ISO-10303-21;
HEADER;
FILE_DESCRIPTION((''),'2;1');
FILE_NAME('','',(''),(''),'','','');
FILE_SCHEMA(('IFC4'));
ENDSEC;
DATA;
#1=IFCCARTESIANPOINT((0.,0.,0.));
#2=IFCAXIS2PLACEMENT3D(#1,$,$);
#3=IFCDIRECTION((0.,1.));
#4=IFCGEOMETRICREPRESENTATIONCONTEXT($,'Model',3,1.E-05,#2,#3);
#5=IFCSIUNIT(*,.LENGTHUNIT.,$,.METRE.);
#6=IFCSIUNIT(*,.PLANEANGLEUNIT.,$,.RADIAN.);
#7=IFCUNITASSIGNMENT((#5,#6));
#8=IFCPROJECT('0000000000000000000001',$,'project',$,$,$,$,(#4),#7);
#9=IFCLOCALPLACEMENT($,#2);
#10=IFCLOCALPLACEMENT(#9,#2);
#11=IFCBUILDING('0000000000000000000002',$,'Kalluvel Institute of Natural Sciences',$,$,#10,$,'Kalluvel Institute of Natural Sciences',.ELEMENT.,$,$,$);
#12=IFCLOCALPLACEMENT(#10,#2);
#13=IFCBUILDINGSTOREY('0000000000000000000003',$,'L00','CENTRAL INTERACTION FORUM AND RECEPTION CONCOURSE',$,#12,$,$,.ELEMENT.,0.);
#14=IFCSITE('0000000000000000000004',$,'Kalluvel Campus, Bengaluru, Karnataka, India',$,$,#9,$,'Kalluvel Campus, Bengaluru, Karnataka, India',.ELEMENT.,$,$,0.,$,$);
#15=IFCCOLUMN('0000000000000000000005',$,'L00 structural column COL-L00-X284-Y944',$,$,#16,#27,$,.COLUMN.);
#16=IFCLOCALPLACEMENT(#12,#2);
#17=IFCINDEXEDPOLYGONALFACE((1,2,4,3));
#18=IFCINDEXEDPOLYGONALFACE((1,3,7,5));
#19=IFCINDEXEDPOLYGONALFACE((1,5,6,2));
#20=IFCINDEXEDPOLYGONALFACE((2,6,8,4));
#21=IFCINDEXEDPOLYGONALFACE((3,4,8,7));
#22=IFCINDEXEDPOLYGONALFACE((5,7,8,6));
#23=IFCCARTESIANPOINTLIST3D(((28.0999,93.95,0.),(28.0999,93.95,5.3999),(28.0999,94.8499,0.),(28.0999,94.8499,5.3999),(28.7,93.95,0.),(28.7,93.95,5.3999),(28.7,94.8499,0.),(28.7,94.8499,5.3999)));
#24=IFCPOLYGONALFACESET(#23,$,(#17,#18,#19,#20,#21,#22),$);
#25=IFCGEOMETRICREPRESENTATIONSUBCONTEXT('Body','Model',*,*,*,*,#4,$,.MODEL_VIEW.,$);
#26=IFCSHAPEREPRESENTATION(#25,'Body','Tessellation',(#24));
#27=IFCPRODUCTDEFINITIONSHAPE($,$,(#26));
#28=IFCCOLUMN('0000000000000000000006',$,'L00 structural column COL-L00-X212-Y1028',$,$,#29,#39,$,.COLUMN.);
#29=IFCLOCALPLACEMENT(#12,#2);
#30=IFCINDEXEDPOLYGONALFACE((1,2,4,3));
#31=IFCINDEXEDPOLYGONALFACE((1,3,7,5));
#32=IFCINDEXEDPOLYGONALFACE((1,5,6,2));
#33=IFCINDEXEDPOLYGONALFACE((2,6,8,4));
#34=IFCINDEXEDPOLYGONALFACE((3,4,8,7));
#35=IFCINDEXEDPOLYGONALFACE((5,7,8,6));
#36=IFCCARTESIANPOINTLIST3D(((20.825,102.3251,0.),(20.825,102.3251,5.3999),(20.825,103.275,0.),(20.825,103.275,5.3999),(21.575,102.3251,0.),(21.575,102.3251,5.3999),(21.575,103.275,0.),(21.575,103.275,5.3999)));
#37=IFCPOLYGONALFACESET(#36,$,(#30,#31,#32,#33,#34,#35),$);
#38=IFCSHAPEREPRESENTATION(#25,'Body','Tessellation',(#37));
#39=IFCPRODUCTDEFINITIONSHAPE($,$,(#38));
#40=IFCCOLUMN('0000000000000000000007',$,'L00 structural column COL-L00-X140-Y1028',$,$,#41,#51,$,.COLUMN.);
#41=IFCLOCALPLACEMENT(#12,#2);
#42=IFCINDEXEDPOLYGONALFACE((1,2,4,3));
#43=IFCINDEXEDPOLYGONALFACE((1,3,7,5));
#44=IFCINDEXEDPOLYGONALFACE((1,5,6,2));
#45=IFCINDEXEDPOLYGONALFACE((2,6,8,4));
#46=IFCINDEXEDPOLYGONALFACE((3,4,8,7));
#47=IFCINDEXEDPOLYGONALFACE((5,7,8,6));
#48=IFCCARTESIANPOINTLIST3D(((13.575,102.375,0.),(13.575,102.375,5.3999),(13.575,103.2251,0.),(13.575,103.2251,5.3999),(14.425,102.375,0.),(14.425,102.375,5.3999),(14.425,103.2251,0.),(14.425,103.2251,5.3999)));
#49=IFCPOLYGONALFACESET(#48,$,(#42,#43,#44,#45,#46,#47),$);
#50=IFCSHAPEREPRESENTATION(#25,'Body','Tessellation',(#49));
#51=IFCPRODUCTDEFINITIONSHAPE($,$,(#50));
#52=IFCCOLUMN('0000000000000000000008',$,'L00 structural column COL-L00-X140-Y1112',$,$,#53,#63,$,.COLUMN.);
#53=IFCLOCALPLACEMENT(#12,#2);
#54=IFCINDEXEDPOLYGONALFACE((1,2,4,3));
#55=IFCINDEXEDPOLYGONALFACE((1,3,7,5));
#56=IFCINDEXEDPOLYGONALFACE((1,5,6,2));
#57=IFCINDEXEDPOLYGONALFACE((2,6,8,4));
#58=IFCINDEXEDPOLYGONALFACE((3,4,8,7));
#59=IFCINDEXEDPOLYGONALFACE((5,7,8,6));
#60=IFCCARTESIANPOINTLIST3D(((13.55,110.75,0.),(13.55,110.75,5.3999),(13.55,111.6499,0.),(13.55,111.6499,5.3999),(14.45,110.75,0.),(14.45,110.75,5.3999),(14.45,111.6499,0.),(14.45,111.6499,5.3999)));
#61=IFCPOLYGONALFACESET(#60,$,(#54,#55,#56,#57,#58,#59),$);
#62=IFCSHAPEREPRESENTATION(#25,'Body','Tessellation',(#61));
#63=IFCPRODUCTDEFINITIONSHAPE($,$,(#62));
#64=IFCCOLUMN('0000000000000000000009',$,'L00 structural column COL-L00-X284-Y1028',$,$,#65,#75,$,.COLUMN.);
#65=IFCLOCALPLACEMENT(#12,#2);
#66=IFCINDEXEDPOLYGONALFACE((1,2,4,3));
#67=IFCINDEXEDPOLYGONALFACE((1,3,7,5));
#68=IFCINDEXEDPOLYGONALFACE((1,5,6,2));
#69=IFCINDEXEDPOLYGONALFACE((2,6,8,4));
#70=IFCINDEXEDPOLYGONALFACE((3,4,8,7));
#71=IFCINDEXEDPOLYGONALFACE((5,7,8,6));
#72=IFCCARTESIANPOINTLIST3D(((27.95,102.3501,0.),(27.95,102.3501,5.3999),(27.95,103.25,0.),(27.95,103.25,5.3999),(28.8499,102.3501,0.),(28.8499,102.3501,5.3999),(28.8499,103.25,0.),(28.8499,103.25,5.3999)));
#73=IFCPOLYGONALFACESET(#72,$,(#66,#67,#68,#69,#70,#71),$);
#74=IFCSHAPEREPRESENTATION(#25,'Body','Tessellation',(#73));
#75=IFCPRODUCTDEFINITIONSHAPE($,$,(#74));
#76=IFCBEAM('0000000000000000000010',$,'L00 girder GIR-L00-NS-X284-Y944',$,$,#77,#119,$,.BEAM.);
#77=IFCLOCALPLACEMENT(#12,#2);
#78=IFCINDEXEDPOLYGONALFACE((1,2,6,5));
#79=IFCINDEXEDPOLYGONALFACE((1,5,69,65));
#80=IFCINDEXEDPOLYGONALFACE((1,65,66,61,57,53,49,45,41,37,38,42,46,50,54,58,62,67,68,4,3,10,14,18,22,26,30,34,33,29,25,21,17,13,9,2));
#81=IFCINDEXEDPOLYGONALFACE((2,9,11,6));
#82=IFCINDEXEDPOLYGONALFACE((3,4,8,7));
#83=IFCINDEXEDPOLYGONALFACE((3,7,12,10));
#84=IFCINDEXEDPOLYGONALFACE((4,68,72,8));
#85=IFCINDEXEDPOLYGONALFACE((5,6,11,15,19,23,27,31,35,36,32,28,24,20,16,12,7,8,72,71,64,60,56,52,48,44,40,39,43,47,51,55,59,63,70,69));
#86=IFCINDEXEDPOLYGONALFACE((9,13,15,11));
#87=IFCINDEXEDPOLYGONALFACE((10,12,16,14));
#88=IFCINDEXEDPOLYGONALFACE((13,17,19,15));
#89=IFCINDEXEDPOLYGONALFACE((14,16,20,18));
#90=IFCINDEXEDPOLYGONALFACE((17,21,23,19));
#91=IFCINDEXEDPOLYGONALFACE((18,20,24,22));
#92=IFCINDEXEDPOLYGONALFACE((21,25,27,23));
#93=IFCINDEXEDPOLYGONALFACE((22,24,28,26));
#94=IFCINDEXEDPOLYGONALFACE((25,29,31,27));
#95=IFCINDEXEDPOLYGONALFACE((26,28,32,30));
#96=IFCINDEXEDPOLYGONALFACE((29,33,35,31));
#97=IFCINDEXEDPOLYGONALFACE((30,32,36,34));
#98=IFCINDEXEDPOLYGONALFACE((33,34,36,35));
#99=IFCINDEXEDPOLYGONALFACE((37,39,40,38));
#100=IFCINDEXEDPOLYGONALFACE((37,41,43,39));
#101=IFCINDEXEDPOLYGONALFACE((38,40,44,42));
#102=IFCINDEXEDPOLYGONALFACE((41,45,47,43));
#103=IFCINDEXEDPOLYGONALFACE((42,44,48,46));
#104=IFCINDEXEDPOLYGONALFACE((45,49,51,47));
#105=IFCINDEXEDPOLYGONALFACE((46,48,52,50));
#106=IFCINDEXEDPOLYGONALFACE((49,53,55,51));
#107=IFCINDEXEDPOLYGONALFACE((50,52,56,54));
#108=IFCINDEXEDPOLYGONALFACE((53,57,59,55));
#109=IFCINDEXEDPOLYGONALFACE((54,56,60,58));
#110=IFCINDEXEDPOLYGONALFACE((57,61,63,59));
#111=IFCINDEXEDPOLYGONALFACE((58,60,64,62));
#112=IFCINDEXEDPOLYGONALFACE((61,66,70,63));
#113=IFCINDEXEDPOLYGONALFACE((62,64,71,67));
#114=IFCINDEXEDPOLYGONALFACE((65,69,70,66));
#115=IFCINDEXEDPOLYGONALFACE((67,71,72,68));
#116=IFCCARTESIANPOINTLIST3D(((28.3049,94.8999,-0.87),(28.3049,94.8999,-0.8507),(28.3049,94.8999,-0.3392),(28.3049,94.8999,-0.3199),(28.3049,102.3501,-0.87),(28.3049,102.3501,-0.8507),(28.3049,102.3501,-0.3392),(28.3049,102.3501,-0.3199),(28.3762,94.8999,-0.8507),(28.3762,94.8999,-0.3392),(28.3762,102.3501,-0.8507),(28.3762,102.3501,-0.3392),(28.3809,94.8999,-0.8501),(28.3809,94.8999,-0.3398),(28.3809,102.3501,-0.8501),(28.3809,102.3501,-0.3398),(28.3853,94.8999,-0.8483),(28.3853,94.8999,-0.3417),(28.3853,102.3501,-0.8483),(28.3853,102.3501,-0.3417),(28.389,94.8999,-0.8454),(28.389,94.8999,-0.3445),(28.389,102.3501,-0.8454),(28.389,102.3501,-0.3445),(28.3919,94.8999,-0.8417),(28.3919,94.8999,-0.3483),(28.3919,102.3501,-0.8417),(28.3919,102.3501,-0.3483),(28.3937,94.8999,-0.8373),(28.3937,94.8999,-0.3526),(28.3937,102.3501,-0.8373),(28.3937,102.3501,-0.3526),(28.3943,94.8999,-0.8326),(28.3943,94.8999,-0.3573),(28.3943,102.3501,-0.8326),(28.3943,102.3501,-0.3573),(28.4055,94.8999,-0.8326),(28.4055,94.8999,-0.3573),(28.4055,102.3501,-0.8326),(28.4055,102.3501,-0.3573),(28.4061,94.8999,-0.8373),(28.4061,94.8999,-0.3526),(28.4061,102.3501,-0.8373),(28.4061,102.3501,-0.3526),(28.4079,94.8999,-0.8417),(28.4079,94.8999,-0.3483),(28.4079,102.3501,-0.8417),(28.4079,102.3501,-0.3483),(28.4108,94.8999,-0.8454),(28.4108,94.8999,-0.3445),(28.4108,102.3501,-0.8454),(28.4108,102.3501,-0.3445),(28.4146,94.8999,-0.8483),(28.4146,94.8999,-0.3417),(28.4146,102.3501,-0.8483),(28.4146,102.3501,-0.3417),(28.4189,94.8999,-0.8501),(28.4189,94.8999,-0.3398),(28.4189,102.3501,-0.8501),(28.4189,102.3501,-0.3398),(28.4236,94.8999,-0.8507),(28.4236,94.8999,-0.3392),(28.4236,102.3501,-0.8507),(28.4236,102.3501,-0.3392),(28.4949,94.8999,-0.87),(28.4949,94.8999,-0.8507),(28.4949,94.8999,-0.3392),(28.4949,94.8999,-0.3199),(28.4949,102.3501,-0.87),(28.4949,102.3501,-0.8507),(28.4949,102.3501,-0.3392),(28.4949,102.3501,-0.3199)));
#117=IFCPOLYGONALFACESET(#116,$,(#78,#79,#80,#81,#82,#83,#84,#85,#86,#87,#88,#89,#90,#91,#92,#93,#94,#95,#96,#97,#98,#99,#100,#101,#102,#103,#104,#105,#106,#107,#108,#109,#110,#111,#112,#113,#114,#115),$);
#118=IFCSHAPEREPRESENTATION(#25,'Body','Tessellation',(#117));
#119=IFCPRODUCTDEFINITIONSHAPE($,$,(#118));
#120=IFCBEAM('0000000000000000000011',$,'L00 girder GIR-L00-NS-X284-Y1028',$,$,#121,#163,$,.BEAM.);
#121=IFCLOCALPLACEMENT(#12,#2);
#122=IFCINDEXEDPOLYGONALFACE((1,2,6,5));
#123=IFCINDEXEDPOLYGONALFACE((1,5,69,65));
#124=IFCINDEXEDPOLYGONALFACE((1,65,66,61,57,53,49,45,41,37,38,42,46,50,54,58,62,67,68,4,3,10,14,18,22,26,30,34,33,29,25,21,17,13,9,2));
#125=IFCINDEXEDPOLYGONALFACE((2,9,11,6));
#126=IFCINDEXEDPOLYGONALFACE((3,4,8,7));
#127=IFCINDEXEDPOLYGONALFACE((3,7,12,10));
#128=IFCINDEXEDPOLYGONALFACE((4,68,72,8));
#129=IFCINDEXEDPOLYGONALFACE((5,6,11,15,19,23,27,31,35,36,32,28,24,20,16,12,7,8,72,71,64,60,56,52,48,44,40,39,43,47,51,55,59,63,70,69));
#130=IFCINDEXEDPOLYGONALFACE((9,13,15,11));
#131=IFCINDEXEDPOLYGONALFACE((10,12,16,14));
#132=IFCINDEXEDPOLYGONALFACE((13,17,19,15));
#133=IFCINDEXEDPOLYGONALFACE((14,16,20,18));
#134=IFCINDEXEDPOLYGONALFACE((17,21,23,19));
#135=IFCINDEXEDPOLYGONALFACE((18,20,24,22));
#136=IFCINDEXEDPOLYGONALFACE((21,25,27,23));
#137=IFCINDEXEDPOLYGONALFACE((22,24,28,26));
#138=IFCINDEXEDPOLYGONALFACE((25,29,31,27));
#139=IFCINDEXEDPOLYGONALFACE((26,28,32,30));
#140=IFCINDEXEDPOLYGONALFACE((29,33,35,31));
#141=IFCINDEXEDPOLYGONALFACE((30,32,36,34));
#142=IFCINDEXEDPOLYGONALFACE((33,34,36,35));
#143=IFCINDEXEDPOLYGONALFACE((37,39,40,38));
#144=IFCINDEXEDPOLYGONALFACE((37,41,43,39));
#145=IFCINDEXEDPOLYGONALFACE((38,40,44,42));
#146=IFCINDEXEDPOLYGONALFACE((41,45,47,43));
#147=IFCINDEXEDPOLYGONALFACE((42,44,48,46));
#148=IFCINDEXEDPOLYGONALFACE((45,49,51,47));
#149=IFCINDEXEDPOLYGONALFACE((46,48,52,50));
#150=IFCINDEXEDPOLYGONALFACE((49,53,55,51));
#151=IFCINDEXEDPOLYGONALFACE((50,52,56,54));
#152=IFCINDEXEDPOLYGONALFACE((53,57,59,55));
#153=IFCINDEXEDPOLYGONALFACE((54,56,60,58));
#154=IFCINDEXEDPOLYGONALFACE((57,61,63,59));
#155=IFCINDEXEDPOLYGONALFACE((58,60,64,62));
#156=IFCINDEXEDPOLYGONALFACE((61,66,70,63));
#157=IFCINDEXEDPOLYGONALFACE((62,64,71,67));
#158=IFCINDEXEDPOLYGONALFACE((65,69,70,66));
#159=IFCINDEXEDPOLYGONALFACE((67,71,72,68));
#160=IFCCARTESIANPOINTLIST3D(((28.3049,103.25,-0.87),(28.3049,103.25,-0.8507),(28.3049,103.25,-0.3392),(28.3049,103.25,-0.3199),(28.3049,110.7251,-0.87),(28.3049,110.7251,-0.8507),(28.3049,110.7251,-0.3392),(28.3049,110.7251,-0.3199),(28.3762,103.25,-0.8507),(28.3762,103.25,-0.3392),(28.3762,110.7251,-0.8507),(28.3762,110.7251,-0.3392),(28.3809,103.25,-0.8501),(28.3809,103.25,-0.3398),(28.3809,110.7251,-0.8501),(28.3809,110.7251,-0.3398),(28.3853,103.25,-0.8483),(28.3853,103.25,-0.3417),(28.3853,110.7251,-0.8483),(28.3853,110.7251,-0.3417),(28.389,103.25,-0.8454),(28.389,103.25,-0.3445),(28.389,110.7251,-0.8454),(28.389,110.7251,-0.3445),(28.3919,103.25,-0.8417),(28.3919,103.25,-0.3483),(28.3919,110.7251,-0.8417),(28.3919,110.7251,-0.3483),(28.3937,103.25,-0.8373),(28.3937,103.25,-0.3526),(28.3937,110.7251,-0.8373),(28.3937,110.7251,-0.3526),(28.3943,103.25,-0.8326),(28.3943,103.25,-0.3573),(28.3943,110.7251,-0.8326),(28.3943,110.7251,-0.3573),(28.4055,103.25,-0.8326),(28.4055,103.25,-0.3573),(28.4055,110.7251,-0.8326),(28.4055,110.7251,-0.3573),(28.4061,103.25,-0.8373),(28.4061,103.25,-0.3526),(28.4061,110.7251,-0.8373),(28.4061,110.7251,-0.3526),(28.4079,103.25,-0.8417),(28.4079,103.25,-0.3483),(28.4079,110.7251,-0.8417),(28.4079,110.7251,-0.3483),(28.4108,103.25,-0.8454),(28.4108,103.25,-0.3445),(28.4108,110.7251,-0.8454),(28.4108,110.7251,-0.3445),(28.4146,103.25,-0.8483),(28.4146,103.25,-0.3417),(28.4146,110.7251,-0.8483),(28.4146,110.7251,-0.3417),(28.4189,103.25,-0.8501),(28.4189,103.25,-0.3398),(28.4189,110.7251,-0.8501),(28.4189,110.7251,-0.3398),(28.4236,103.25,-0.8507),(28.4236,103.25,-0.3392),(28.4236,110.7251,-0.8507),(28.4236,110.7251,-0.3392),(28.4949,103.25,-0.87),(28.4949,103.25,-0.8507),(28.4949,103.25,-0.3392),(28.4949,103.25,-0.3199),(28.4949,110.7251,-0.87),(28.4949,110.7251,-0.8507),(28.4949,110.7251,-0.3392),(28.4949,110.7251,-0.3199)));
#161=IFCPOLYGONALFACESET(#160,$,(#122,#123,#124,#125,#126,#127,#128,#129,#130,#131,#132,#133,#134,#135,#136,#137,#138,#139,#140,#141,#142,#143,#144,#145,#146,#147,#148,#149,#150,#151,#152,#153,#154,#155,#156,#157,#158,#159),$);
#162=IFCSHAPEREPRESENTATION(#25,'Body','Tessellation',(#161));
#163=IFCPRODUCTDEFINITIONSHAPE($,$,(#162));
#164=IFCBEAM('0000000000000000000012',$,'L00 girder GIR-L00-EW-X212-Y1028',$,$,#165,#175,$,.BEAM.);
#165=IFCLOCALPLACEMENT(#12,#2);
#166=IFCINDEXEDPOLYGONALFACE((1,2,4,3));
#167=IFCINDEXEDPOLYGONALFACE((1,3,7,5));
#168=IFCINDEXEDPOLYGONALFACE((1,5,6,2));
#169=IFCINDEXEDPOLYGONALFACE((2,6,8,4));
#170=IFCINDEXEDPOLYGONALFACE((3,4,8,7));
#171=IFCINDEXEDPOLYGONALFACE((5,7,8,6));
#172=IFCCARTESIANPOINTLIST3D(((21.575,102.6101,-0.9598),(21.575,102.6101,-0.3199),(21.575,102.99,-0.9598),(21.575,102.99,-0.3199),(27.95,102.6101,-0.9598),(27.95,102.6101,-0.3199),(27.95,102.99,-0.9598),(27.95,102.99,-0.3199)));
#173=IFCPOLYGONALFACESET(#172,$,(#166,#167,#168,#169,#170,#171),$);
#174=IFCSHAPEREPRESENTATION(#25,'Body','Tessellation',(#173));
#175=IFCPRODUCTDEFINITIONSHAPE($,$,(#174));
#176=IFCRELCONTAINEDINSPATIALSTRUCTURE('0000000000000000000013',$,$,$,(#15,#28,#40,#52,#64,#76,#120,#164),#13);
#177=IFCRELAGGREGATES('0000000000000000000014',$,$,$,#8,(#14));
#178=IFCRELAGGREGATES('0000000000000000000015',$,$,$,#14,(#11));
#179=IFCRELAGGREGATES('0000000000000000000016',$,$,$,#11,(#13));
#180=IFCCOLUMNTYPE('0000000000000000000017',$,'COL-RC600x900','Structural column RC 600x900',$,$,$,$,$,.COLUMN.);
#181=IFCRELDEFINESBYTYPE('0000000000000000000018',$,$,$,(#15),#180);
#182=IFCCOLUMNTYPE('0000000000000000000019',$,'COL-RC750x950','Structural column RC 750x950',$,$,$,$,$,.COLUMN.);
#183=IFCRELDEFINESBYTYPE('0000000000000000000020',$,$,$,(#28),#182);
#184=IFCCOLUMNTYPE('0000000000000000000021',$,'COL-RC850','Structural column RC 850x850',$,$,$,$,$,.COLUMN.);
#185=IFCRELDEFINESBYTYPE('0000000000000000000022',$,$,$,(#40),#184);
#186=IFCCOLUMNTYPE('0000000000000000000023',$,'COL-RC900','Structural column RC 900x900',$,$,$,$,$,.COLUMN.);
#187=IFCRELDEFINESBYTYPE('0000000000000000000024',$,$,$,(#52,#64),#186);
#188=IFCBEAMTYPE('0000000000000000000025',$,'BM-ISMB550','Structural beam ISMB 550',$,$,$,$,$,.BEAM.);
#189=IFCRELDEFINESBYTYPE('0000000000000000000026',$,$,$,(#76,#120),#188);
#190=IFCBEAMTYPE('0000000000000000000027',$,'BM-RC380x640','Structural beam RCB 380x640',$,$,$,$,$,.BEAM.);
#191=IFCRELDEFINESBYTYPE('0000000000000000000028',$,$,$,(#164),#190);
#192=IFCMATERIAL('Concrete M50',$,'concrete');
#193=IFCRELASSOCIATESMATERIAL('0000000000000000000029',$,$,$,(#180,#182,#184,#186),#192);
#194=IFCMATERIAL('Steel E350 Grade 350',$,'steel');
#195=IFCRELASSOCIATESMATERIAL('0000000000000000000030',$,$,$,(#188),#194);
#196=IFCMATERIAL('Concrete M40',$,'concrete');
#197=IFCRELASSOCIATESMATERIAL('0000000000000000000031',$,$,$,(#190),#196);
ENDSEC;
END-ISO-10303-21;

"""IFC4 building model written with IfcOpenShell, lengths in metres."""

from ifc_helpers import new_model, si_unit, direction, frame, origin, origin_2d, place, context, subcontext, project, spatial, rectangle, i_section, extrude, material, material_profile, profile_set, type_object, element, save


model = new_model("IFC4")

# Units and contexts
model_context = context("Model", 3, precision=1e-05, world=origin(), true_north=direction((0.0, 1.0)))
body_context = subcontext(model_context, "Body", "Model", "MODEL_VIEW")
ifc_project = project(units=[si_unit("LENGTHUNIT", "METRE"), si_unit("PLANEANGLEUNIT", "RADIAN")], contexts=[model_context])

# Site, building, storey
site_placement = place(None, origin())
site = spatial("IfcSite", under=ifc_project, at=site_placement, Name="Kalluvel Campus, Bengaluru, Karnataka, India", LongName="Kalluvel Campus, Bengaluru, Karnataka, India", CompositionType="ELEMENT", RefElevation=0.0)
building_placement = place(site_placement, origin())
building = spatial("IfcBuilding", under=site, at=building_placement, Name="Kalluvel Institute of Natural Sciences", LongName="Kalluvel Institute of Natural Sciences", CompositionType="ELEMENT")
storey_placement = place(building_placement, origin())
storey = spatial("IfcBuildingStorey", under=building, at=storey_placement, Name="L00", Description="CENTRAL INTERACTION FORUM AND RECEPTION CONCOURSE", CompositionType="ELEMENT", Elevation=0.0)

# Columns
ifc_material_1 = material(Name="Concrete M50", Category="concrete")
ifc_material_profile_1 = material_profile(ifc_material_1, rectangle(XDim=0.6001, YDim=0.8999, at=origin_2d()), Name="RC 600x900")
ifc_profile_set_1 = profile_set([ifc_material_profile_1], Name="Concrete M50")
column_type_1 = type_object("IfcColumnType", Name="COL-RC600x900", Description="Structural column RC 600x900", PredefinedType="COLUMN", material=ifc_profile_set_1)
column_1_placement = place(storey_placement, frame((28.3999, 94.3999, 0.0), z_axis=(0.0, 0.0, 1.0), x_axis=(1.0, 0.0, 0.0)))
element("IfcColumn", 1, at=column_1_placement, inside=storey, type_object=column_type_1, Name="L00 structural column COL-L00-X284-Y944", PredefinedType="COLUMN", context=body_context, shape_type="SweptSolid", body=[
    extrude(rectangle(XDim=0.6001, YDim=0.8999, at=origin_2d()), origin(), (0.0, 0.0, 1.0), 5.3999),
])
ifc_material_profile_2 = material_profile(ifc_material_1, rectangle(XDim=0.75, YDim=0.95, at=origin_2d()), Name="RC 750x950")
ifc_profile_set_2 = profile_set([ifc_material_profile_2], Name="Concrete M50")
column_type_2 = type_object("IfcColumnType", Name="COL-RC750x950", Description="Structural column RC 750x950", PredefinedType="COLUMN", material=ifc_profile_set_2)
column_2_placement = place(storey_placement, frame((21.2, 102.8, 0.0), z_axis=(0.0, 0.0, 1.0), x_axis=(1.0, 0.0, 0.0)))
element("IfcColumn", 2, at=column_2_placement, inside=storey, type_object=column_type_2, Name="L00 structural column COL-L00-X212-Y1028", PredefinedType="COLUMN", context=body_context, shape_type="SweptSolid", body=[
    extrude(rectangle(XDim=0.75, YDim=0.95, at=origin_2d()), origin(), (0.0, 0.0, 1.0), 5.3999),
])
ifc_material_profile_3 = material_profile(ifc_material_1, rectangle(XDim=0.8501, YDim=0.8501, at=origin_2d()), Name="RC 850x850")
ifc_profile_set_3 = profile_set([ifc_material_profile_3], Name="Concrete M50")
column_type_3 = type_object("IfcColumnType", Name="COL-RC850", Description="Structural column RC 850x850", PredefinedType="COLUMN", material=ifc_profile_set_3)
column_3_placement = place(storey_placement, frame((14.0, 102.8, 0.0), z_axis=(0.0, 0.0, 1.0), x_axis=(1.0, 0.0, 0.0)))
element("IfcColumn", 3, at=column_3_placement, inside=storey, type_object=column_type_3, Name="L00 structural column COL-L00-X140-Y1028", PredefinedType="COLUMN", context=body_context, shape_type="SweptSolid", body=[
    extrude(rectangle(XDim=0.8501, YDim=0.8501, at=origin_2d()), origin(), (0.0, 0.0, 1.0), 5.3999),
])
ifc_material_profile_4 = material_profile(ifc_material_1, rectangle(XDim=0.8999, YDim=0.8999, at=origin_2d()), Name="RC 900x900")
ifc_profile_set_4 = profile_set([ifc_material_profile_4], Name="Concrete M50")
column_type_4 = type_object("IfcColumnType", Name="COL-RC900", Description="Structural column RC 900x900", PredefinedType="COLUMN", material=ifc_profile_set_4)
for number, where, z_axis, x_axis, name in (
    (4, (14.0, 111.2, 0.0), (0.0, 0.0, 1.0), (1.0, 0.0, 0.0), "L00 structural column COL-L00-X140-Y1112"),
    (5, (28.3999, 102.8, 0.0), (0.0, 0.0, 1.0), (1.0, 0.0, 0.0), "L00 structural column COL-L00-X284-Y1028"),
):
    element("IfcColumn", number, at=place(storey_placement, frame(where, z_axis=z_axis, x_axis=x_axis)), inside=storey, type_object=column_type_4, Name=name, PredefinedType="COLUMN", context=body_context, shape_type="SweptSolid", body=[
        extrude(rectangle(XDim=0.8999, YDim=0.8999, at=origin_2d()), origin(), (0.0, 0.0, 1.0), 5.3999),
    ])

# Beams
ifc_material_2 = material(Name="Steel E350 Grade 350", Category="steel")
ifc_material_profile_5 = material_profile(ifc_material_2, i_section(OverallWidth=0.1899, OverallDepth=0.55, WebThickness=0.0112, FlangeThickness=0.0193, FilletRadius=0.0181, at=origin_2d()), Name="ISMB 550")
ifc_profile_set_5 = profile_set([ifc_material_profile_5], Name="Steel E350 Grade 350")
beam_type_1 = type_object("IfcBeamType", Name="BM-ISMB550", Description="Structural beam ISMB 550", PredefinedType="BEAM", material=ifc_profile_set_5)
beam_1_placement = place(storey_placement, frame((28.3999, 94.8999, -0.595), z_axis=(0.0, 1.0, 0.0), x_axis=(-1.0, 0.0, 0.0)))
element("IfcBeam", 6, at=beam_1_placement, inside=storey, type_object=beam_type_1, Name="L00 girder GIR-L00-NS-X284-Y944", PredefinedType="BEAM", context=body_context, shape_type="SweptSolid", body=[
    extrude(i_section(OverallWidth=0.1899, OverallDepth=0.55, WebThickness=0.0112, FlangeThickness=0.0193, FilletRadius=0.0181, at=origin_2d()), origin(), (0.0, 0.0, 1.0), 7.4502),
])
beam_2_placement = place(storey_placement, frame((28.3999, 103.25, -0.595), z_axis=(0.0, 1.0, 0.0), x_axis=(-1.0, 0.0, 0.0)))
element("IfcBeam", 7, at=beam_2_placement, inside=storey, type_object=beam_type_1, Name="L00 girder GIR-L00-NS-X284-Y1028", PredefinedType="BEAM", context=body_context, shape_type="SweptSolid", body=[
    extrude(i_section(OverallWidth=0.1899, OverallDepth=0.55, WebThickness=0.0112, FlangeThickness=0.0193, FilletRadius=0.0181, at=origin_2d()), origin(), (0.0, 0.0, 1.0), 7.4751),
])
ifc_material_3 = material(Name="Concrete M40", Category="concrete")
ifc_material_profile_6 = material_profile(ifc_material_3, rectangle(XDim=0.3799, YDim=0.6399, at=origin_2d()), Name="RCB 380x640")
ifc_profile_set_6 = profile_set([ifc_material_profile_6], Name="Concrete M40")
beam_type_2 = type_object("IfcBeamType", Name="BM-RC380x640", Description="Structural beam RCB 380x640", PredefinedType="BEAM", material=ifc_profile_set_6)
beam_3_placement = place(storey_placement, frame((21.575, 102.8, -0.6399), z_axis=(1.0, 0.0, 0.0), x_axis=(0.0, 1.0, 0.0)))
element("IfcBeam", 8, at=beam_3_placement, inside=storey, type_object=beam_type_2, Name="L00 girder GIR-L00-EW-X212-Y1028", PredefinedType="BEAM", context=body_context, shape_type="SweptSolid", body=[
    extrude(rectangle(XDim=0.3799, YDim=0.6399, at=origin_2d()), origin(), (0.0, 0.0, 1.0), 6.375),
])

save(model, "model.ifc")
